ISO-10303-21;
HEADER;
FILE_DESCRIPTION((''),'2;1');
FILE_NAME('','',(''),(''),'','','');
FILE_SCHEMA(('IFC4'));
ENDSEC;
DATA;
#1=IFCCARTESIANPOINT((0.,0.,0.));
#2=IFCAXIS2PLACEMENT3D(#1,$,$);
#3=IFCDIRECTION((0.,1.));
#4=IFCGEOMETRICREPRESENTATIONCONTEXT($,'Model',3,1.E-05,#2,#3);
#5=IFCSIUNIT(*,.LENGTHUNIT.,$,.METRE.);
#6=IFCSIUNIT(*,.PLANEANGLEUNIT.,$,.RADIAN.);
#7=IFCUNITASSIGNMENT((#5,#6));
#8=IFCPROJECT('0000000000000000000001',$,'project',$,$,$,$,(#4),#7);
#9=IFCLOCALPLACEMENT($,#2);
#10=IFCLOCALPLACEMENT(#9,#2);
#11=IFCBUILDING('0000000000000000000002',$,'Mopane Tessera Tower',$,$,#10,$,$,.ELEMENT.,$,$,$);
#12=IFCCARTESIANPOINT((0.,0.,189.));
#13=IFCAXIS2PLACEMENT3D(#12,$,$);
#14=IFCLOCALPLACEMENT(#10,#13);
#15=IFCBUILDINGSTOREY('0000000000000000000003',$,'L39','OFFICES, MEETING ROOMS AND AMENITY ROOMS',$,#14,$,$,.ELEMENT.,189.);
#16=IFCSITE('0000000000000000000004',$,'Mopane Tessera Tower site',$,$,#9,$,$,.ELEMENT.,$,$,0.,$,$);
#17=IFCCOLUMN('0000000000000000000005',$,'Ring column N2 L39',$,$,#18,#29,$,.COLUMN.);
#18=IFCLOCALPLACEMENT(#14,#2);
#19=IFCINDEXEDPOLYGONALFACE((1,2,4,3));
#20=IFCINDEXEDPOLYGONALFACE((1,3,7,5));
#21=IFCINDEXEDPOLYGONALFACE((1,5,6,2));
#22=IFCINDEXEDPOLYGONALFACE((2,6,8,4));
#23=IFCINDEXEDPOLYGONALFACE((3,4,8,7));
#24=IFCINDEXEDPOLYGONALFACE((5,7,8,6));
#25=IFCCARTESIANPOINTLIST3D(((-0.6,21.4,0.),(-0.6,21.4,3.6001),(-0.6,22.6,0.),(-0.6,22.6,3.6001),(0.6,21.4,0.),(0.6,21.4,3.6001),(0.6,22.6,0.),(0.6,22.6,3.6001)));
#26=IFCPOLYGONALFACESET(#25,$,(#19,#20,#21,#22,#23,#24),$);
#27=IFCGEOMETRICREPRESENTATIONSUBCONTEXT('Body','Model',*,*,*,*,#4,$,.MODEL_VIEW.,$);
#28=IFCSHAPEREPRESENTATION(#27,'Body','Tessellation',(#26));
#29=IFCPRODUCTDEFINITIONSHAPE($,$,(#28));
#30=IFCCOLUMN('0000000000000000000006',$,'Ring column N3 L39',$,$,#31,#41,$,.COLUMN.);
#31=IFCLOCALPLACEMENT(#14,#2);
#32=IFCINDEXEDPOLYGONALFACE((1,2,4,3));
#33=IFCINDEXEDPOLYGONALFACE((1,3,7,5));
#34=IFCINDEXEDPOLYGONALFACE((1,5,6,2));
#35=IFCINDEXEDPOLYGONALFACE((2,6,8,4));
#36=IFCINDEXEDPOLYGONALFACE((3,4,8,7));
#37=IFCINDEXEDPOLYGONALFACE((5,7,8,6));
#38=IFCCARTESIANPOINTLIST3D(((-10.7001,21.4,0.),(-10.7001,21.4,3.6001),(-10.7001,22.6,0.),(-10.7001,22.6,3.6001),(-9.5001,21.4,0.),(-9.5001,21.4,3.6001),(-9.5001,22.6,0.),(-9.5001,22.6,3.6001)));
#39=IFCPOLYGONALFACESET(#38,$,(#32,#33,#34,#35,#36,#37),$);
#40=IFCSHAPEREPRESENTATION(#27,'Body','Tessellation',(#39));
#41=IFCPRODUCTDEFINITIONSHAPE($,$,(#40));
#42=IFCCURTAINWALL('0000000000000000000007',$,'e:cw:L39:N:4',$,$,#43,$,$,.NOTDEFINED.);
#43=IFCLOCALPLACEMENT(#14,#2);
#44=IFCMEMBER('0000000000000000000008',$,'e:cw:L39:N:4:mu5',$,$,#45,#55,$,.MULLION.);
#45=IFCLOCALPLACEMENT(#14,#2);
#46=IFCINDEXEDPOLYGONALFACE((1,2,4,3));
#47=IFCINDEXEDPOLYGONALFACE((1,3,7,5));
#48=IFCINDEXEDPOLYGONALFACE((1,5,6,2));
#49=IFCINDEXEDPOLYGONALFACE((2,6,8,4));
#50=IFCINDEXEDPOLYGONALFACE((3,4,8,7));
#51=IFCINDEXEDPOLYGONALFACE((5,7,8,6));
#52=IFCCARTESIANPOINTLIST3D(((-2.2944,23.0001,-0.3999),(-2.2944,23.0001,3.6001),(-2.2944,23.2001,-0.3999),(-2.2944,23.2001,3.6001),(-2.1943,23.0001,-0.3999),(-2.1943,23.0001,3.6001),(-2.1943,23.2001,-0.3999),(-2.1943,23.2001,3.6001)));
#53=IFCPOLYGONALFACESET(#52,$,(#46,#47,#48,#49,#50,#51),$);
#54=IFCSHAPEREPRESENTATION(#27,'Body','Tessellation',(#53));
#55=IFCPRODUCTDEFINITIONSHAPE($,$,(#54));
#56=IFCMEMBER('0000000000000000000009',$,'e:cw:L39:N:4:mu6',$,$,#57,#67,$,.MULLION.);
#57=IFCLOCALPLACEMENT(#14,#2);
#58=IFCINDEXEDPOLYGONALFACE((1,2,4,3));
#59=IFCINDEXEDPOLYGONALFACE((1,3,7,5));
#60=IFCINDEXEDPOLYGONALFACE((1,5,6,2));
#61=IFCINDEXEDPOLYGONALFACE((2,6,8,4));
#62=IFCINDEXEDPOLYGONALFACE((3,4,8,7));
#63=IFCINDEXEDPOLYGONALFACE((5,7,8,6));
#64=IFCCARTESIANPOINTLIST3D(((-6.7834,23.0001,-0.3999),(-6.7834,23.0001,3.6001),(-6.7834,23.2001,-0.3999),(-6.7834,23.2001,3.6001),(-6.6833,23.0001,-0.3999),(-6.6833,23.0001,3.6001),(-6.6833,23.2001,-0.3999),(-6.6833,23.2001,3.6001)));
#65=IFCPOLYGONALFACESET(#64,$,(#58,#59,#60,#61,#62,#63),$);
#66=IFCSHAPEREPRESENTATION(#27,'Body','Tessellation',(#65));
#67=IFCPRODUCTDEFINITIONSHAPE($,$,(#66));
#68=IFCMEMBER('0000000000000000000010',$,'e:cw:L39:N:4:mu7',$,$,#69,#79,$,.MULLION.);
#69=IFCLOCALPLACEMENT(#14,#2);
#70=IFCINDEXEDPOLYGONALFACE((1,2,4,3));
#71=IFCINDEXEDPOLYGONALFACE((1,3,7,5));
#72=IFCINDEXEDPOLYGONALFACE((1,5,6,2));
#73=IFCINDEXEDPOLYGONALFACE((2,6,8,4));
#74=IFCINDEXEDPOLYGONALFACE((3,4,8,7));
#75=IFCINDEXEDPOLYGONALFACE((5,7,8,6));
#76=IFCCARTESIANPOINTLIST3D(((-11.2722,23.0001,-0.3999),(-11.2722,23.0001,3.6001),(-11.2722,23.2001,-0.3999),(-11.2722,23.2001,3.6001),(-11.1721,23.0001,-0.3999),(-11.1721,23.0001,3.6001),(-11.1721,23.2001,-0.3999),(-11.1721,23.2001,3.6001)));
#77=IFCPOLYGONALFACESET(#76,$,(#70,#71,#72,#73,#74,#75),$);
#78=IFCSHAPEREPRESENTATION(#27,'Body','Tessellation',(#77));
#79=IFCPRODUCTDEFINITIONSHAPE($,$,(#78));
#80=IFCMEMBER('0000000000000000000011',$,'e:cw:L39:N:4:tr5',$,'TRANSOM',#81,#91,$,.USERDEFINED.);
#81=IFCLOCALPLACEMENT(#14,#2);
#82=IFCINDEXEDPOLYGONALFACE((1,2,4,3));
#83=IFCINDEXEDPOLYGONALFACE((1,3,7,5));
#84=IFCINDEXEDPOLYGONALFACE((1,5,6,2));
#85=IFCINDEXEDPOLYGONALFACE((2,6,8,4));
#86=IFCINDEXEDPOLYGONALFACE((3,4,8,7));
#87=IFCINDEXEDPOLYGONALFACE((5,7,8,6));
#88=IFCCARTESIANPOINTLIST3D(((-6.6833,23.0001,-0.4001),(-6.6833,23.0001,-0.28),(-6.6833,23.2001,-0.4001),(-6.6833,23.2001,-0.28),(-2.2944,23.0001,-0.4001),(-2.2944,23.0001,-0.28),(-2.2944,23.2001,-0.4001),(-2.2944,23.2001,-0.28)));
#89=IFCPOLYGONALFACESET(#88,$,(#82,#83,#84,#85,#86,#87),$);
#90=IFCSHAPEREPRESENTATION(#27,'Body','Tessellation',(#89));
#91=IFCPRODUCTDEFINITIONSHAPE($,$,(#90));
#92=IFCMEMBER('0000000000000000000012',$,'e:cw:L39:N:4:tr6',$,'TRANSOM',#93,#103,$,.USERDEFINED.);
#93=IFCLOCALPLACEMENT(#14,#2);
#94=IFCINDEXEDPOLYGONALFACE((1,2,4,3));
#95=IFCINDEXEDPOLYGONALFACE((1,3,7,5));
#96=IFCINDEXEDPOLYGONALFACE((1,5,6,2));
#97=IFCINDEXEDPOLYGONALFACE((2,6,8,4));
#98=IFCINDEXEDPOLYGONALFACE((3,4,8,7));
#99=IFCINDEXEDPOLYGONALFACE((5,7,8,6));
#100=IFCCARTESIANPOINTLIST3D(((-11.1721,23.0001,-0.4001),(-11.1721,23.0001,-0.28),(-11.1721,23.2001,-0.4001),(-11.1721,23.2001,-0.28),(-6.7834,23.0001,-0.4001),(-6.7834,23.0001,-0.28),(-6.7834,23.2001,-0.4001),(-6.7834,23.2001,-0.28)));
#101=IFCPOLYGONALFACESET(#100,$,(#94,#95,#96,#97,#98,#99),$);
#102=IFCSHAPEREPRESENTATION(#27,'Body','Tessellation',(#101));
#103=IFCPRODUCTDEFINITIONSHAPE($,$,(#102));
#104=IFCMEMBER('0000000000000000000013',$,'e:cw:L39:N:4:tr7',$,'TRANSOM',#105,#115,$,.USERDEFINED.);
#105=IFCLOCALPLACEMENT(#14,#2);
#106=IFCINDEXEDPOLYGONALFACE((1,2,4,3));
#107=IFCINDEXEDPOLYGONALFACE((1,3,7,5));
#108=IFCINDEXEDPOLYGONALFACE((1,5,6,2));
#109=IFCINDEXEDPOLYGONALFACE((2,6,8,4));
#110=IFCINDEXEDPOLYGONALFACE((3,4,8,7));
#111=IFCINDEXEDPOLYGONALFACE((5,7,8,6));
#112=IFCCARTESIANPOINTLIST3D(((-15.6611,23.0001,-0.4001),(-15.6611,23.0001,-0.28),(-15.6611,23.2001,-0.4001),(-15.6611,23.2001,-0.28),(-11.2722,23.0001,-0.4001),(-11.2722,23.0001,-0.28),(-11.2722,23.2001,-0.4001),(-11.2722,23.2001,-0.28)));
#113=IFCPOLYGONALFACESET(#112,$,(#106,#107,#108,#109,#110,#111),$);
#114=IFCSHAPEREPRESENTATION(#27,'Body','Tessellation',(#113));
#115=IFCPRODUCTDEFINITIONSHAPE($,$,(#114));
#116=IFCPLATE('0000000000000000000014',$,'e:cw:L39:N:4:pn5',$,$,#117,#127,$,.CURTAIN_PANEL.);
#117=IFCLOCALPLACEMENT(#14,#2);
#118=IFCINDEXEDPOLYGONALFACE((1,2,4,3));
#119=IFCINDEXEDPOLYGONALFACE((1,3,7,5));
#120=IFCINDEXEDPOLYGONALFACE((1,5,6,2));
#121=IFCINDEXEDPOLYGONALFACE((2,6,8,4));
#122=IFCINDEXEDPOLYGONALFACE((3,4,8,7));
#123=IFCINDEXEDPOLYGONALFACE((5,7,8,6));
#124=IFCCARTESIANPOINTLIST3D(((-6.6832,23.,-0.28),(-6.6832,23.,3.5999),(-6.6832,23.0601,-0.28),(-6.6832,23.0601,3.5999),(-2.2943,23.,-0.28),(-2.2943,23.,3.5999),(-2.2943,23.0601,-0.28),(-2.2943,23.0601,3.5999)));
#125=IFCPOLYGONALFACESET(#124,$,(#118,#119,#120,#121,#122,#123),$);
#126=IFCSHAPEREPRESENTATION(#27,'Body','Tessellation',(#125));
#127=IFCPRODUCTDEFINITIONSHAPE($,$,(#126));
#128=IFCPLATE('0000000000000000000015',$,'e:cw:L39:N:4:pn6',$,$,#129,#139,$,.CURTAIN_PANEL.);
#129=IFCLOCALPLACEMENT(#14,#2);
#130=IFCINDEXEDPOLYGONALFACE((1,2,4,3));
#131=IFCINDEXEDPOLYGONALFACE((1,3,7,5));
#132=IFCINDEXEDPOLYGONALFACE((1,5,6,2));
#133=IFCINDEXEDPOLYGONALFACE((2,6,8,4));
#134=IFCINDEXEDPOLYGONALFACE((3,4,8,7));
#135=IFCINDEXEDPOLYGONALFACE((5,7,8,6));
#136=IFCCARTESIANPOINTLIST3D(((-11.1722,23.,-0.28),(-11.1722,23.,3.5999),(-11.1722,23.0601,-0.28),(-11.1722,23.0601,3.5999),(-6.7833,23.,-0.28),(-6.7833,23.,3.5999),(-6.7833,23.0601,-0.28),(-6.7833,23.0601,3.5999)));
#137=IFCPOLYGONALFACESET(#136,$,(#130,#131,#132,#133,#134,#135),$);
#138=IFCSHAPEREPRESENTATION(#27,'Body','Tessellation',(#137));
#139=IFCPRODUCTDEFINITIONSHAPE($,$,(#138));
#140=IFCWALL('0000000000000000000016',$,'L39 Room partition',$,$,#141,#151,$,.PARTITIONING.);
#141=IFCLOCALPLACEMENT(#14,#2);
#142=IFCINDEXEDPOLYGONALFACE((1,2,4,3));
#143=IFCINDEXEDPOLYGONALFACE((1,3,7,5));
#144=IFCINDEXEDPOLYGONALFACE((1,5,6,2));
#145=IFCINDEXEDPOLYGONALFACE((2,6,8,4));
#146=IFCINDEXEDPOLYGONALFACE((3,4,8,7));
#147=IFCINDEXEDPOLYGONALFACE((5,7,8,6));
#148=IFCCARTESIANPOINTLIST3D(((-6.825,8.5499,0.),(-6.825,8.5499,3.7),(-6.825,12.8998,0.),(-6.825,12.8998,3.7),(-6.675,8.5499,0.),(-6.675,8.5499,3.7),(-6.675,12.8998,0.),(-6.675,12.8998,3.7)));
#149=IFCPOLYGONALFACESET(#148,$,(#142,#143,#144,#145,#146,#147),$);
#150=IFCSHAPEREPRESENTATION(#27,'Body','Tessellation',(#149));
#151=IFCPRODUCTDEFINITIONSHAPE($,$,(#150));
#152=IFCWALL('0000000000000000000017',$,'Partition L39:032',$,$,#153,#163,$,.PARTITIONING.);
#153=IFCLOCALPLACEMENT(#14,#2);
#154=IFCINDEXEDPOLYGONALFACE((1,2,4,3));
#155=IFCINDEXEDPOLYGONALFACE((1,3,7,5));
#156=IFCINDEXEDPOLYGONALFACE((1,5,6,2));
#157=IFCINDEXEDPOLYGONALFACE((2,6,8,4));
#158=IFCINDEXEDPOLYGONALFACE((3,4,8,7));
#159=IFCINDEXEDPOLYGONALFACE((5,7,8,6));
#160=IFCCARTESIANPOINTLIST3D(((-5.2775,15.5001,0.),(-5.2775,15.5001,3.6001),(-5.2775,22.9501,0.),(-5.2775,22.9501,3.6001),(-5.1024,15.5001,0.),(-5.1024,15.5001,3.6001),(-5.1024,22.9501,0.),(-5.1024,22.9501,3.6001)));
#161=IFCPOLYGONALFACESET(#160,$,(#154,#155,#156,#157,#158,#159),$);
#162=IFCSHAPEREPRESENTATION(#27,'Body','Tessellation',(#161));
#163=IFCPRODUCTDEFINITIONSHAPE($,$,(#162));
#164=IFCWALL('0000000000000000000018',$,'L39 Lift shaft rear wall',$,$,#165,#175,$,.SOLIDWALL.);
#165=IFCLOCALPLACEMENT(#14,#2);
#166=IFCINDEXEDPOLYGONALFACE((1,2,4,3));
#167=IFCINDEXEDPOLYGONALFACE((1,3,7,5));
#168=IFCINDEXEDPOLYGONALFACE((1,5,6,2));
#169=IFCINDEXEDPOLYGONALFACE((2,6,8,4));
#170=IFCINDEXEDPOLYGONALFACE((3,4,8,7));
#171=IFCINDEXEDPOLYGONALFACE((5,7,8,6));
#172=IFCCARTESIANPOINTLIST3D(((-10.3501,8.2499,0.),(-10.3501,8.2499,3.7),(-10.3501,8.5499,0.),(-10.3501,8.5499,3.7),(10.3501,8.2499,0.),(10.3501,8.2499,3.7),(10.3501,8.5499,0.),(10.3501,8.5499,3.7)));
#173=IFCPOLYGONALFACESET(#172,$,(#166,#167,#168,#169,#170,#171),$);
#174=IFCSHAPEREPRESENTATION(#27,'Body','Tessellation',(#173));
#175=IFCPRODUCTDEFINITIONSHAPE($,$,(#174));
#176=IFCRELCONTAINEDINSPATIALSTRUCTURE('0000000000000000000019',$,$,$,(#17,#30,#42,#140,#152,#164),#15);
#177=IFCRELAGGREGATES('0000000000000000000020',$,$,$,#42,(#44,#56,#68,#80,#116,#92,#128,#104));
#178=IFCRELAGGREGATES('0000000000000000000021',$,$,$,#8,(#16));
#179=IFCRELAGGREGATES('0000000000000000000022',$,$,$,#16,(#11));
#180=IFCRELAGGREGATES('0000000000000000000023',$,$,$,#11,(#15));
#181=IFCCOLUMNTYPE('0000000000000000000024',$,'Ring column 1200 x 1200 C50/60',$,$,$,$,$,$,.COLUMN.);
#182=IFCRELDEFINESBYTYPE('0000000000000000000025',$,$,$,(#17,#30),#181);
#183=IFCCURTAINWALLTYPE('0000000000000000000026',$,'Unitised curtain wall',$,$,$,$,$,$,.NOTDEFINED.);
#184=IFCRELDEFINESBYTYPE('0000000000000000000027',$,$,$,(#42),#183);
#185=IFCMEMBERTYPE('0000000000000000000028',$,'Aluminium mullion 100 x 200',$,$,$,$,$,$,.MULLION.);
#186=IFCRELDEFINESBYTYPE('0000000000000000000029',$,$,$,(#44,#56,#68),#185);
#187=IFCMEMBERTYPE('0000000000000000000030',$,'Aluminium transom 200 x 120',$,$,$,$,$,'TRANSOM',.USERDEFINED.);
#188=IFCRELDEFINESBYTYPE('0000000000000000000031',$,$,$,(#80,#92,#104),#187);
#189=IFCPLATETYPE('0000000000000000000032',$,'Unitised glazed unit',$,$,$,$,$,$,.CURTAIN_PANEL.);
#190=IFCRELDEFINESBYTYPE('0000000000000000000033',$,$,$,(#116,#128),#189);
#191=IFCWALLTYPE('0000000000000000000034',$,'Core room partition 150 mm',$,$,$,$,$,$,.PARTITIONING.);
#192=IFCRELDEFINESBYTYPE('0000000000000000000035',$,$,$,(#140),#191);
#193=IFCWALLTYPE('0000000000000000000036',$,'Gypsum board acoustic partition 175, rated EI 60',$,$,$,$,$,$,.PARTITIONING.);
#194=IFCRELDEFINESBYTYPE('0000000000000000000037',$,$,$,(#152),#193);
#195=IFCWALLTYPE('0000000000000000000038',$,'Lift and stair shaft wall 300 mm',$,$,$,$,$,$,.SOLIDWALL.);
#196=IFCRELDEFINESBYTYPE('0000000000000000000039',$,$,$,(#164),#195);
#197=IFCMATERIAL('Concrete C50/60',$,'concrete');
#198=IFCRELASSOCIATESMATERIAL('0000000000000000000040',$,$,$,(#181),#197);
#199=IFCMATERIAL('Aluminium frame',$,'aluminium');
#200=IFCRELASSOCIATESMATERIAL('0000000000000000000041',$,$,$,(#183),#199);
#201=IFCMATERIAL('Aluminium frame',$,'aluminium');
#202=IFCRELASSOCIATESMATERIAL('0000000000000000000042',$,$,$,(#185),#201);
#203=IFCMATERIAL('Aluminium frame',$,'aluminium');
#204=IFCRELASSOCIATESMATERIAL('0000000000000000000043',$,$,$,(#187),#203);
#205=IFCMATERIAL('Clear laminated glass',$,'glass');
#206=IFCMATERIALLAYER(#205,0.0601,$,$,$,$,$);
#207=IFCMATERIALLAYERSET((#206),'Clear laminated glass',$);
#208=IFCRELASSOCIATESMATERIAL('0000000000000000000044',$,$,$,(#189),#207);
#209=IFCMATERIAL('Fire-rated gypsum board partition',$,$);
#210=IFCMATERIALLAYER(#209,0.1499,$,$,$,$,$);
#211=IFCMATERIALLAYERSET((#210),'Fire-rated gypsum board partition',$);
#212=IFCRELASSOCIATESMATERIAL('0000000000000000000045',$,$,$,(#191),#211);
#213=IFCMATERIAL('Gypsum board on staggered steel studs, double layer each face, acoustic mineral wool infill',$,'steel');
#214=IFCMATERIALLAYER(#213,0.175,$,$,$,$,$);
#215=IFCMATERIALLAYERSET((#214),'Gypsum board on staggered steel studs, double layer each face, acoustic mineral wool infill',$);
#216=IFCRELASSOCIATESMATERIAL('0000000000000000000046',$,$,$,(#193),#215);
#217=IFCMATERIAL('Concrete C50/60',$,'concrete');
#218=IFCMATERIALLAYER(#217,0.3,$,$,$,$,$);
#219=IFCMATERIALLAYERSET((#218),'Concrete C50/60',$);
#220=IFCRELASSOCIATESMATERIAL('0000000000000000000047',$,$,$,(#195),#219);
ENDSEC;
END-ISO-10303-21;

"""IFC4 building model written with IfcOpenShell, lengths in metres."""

from ifc_helpers import new_model, si_unit, direction, frame, frame_2d, origin, origin_2d, place, context, subcontext, project, spatial, rectangle, extrude, material, layer, layer_set, material_profile, profile_set, type_object, element, aggregate, save


model = new_model("IFC4")

# Units and contexts
model_context = context("Model", 3, precision=1e-05, world=origin(), true_north=direction((0.0, 1.0)))
body_context = subcontext(model_context, "Body", "Model", "MODEL_VIEW")
ifc_project = project(units=[si_unit("LENGTHUNIT", "METRE"), si_unit("PLANEANGLEUNIT", "RADIAN")], contexts=[model_context])

# Site, building, storey
site_placement = place(None, origin())
site = spatial("IfcSite", under=ifc_project, at=site_placement, Name="Mopane Tessera Tower site", CompositionType="ELEMENT", RefElevation=0.0)
building_placement = place(site_placement, origin())
building = spatial("IfcBuilding", under=site, at=building_placement, Name="Mopane Tessera Tower", CompositionType="ELEMENT")
storey_placement = place(building_placement, frame((0.0, 0.0, 189.0)))
storey = spatial("IfcBuildingStorey", under=building, at=storey_placement, Name="L39", Description="OFFICES, MEETING ROOMS AND AMENITY ROOMS", CompositionType="ELEMENT", Elevation=189.0)

# Columns
ifc_material_1 = material(Name="Concrete C50/60", Category="concrete")
ifc_material_profile_1 = material_profile(ifc_material_1, rectangle(XDim=1.2, YDim=1.2, at=origin_2d()))
ifc_profile_set_1 = profile_set([ifc_material_profile_1], Name="Concrete C50/60")
column_type = type_object("IfcColumnType", Name="Ring column 1200 x 1200 C50/60", PredefinedType="COLUMN", material=ifc_profile_set_1)
for number, where, z_axis, x_axis, name in (
    (1, (0.0, 22.0, 0.0), (0.0, 0.0, 1.0), (1.0, 0.0, 0.0), "Ring column N2 L39"),
    (2, (-10.1001, 22.0, 0.0), (0.0, 0.0, 1.0), (1.0, 0.0, 0.0), "Ring column N3 L39"),
):
    element("IfcColumn", number, at=place(storey_placement, frame(where, z_axis=z_axis, x_axis=x_axis)), inside=storey, type_object=column_type, Name=name, PredefinedType="COLUMN", context=body_context, shape_type="SweptSolid", body=[
        extrude(rectangle(XDim=1.2, YDim=1.2, at=origin_2d()), origin(), (0.0, 0.0, 1.0), 3.6001),
    ])

# Curtain wall, members, plates
ifc_material_2 = material(Name="Aluminium frame", Category="aluminium")
curtain_wall_type = type_object("IfcCurtainWallType", Name="Unitised curtain wall", PredefinedType="NOTDEFINED", material=ifc_material_2)
curtain_wall_placement = place(storey_placement, origin())
curtain_wall = element("IfcCurtainWall", 3, at=curtain_wall_placement, inside=storey, type_object=curtain_wall_type, Name="e:cw:L39:N:4", PredefinedType="NOTDEFINED")
ifc_material_3 = material(Name="Aluminium frame", Category="aluminium")
ifc_material_profile_2 = material_profile(ifc_material_3, rectangle(XDim=0.1001, YDim=0.2, at=origin_2d()))
ifc_profile_set_2 = profile_set([ifc_material_profile_2], Name="Aluminium frame")
member_type_1 = type_object("IfcMemberType", Name="Aluminium mullion 100 x 200", PredefinedType="MULLION", material=ifc_profile_set_2)
member_1_placement = place(storey_placement, frame((-2.2444, 23.1001, -0.3999), z_axis=(0.0, 0.0, 1.0), x_axis=(-1.0, 0.0, 0.0)))
member_1 = element("IfcMember", 4, at=member_1_placement, type_object=member_type_1, Name="e:cw:L39:N:4:mu5", PredefinedType="MULLION", context=body_context, shape_type="SweptSolid", body=[
    extrude(rectangle(XDim=0.1001, YDim=0.2, at=origin_2d()), origin(), (0.0, 0.0, 1.0), 4.0),
])
member_2_placement = place(storey_placement, frame((-6.7334, 23.1001, -0.3999), z_axis=(0.0, 0.0, 1.0), x_axis=(-1.0, 0.0, 0.0)))
member_2 = element("IfcMember", 5, at=member_2_placement, type_object=member_type_1, Name="e:cw:L39:N:4:mu6", PredefinedType="MULLION", context=body_context, shape_type="SweptSolid", body=[
    extrude(rectangle(XDim=0.1001, YDim=0.2, at=origin_2d()), origin(), (0.0, 0.0, 1.0), 4.0),
])
member_3_placement = place(storey_placement, frame((-11.2222, 23.1001, -0.3999), z_axis=(0.0, 0.0, 1.0), x_axis=(-1.0, 0.0, 0.0)))
member_3 = element("IfcMember", 6, at=member_3_placement, type_object=member_type_1, Name="e:cw:L39:N:4:mu7", PredefinedType="MULLION", context=body_context, shape_type="SweptSolid", body=[
    extrude(rectangle(XDim=0.1001, YDim=0.2, at=origin_2d()), origin(), (0.0, 0.0, 1.0), 4.0),
])
ifc_material_4 = material(Name="Aluminium frame", Category="aluminium")
ifc_material_profile_3 = material_profile(ifc_material_4, rectangle(XDim=0.2, YDim=0.1201, at=origin_2d()))
ifc_profile_set_3 = profile_set([ifc_material_profile_3], Name="Aluminium frame")
member_type_2 = type_object("IfcMemberType", Name="Aluminium transom 200 x 120", ElementType="TRANSOM", PredefinedType="USERDEFINED", material=ifc_profile_set_3)
member_4_placement = place(storey_placement, frame((-2.2944, 23.1001, -0.3401), z_axis=(-1.0, 0.0, 0.0), x_axis=(0.0, -1.0, 0.0)))
member_4 = element("IfcMember", 7, at=member_4_placement, type_object=member_type_2, Name="e:cw:L39:N:4:tr5", ObjectType="TRANSOM", PredefinedType="USERDEFINED", context=body_context, shape_type="SweptSolid", body=[
    extrude(rectangle(XDim=0.2, YDim=0.1201, at=origin_2d()), origin(), (0.0, 0.0, 1.0), 4.3889),
])
member_5_placement = place(storey_placement, frame((-6.7834, 23.1001, -0.3401), z_axis=(-1.0, 0.0, 0.0), x_axis=(0.0, -1.0, 0.0)))
member_5 = element("IfcMember", 8, at=member_5_placement, type_object=member_type_2, Name="e:cw:L39:N:4:tr6", ObjectType="TRANSOM", PredefinedType="USERDEFINED", context=body_context, shape_type="SweptSolid", body=[
    extrude(rectangle(XDim=0.2, YDim=0.1201, at=origin_2d()), origin(), (0.0, 0.0, 1.0), 4.3887),
])
member_6_placement = place(storey_placement, frame((-11.2722, 23.1001, -0.3401), z_axis=(-1.0, 0.0, 0.0), x_axis=(0.0, -1.0, 0.0)))
member_6 = element("IfcMember", 9, at=member_6_placement, type_object=member_type_2, Name="e:cw:L39:N:4:tr7", ObjectType="TRANSOM", PredefinedType="USERDEFINED", context=body_context, shape_type="SweptSolid", body=[
    extrude(rectangle(XDim=0.2, YDim=0.1201, at=origin_2d()), origin(), (0.0, 0.0, 1.0), 4.3889),
])
ifc_material_5 = material(Name="Clear laminated glass", Category="glass")
ifc_layer_1 = layer(ifc_material_5, 0.0601)
ifc_layer_set_1 = layer_set([ifc_layer_1], Name="Clear laminated glass")
plate_type = type_object("IfcPlateType", Name="Unitised glazed unit", PredefinedType="CURTAIN_PANEL", material=ifc_layer_set_1)
plate_1_placement = place(storey_placement, frame((-4.4888, 23.03, -0.28), z_axis=(0.0, 0.0, 1.0), x_axis=(-1.0, 0.0, 0.0)))
plate_1 = element("IfcPlate", 10, at=plate_1_placement, type_object=plate_type, Name="e:cw:L39:N:4:pn5", PredefinedType="CURTAIN_PANEL", context=body_context, shape_type="SweptSolid", body=[
    extrude(rectangle(XDim=4.3889, YDim=0.0601, at=origin_2d()), origin(), (0.0, 0.0, 1.0), 3.8799),
])
plate_2_placement = place(storey_placement, frame((-8.9778, 23.03, -0.28), z_axis=(0.0, 0.0, 1.0), x_axis=(-1.0, 0.0, 0.0)))
plate_2 = element("IfcPlate", 11, at=plate_2_placement, type_object=plate_type, Name="e:cw:L39:N:4:pn6", PredefinedType="CURTAIN_PANEL", context=body_context, shape_type="SweptSolid", body=[
    extrude(rectangle(XDim=4.3889, YDim=0.0601, at=origin_2d()), origin(), (0.0, 0.0, 1.0), 3.8799),
])
aggregate(curtain_wall, [member_1, member_2, member_3, member_4, plate_1, member_5, plate_2, member_6])

# Walls
ifc_material_6 = material(Name="Fire-rated gypsum board partition")
ifc_layer_2 = layer(ifc_material_6, 0.1499)
ifc_layer_set_2 = layer_set([ifc_layer_2], Name="Fire-rated gypsum board partition")
wall_type_1 = type_object("IfcWallType", Name="Core room partition 150 mm", PredefinedType="PARTITIONING", material=ifc_layer_set_2)
wall_1_placement = place(storey_placement, frame((-6.75, 8.55, 0.0), z_axis=(0.0, 0.0, 1.0), x_axis=(0.0, 1.0, 0.0)))
element("IfcWall", 12, at=wall_1_placement, inside=storey, type_object=wall_type_1, Name="L39 Room partition", PredefinedType="PARTITIONING", context=body_context, shape_type="SweptSolid", body=[
    extrude(rectangle(XDim=4.3499, YDim=0.1499, at=frame_2d((2.1748, 0.0))), origin(), (0.0, 0.0, 1.0), 3.7),
])
ifc_material_7 = material(Name="Gypsum board on staggered steel studs, double layer each face, acoustic mineral wool infill", Category="steel")
ifc_layer_3 = layer(ifc_material_7, 0.175)
ifc_layer_set_3 = layer_set([ifc_layer_3], Name="Gypsum board on staggered steel studs, double layer each face, acoustic mineral wool infill")
wall_type_2 = type_object("IfcWallType", Name="Gypsum board acoustic partition 175, rated EI 60", PredefinedType="PARTITIONING", material=ifc_layer_set_3)
wall_2_placement = place(storey_placement, frame((-5.1899, 15.5, 0.0), z_axis=(0.0, 0.0, 1.0), x_axis=(0.0, 1.0, 0.0)))
element("IfcWall", 13, at=wall_2_placement, inside=storey, type_object=wall_type_2, Name="Partition L39:032", PredefinedType="PARTITIONING", context=body_context, shape_type="SweptSolid", body=[
    extrude(rectangle(XDim=7.45, YDim=0.175, at=frame_2d((3.7251, 0.0))), origin(), (0.0, 0.0, 1.0), 3.6001),
])
ifc_material_8 = material(Name="Concrete C50/60", Category="concrete")
ifc_layer_4 = layer(ifc_material_8, 0.3)
ifc_layer_set_4 = layer_set([ifc_layer_4], Name="Concrete C50/60")
wall_type_3 = type_object("IfcWallType", Name="Lift and stair shaft wall 300 mm", PredefinedType="SOLIDWALL", material=ifc_layer_set_4)
wall_3_placement = place(storey_placement, frame((-10.3501, 8.3999, 0.0), z_axis=(0.0, 0.0, 1.0), x_axis=(1.0, 0.0, 0.0)))
element("IfcWall", 14, at=wall_3_placement, inside=storey, type_object=wall_type_3, Name="L39 Lift shaft rear wall", PredefinedType="SOLIDWALL", context=body_context, shape_type="SweptSolid", body=[
    extrude(rectangle(XDim=20.7002, YDim=0.3, at=frame_2d((10.3501, 0.0))), origin(), (0.0, 0.0, 1.0), 3.7),
])

save(model, "model.ifc")
